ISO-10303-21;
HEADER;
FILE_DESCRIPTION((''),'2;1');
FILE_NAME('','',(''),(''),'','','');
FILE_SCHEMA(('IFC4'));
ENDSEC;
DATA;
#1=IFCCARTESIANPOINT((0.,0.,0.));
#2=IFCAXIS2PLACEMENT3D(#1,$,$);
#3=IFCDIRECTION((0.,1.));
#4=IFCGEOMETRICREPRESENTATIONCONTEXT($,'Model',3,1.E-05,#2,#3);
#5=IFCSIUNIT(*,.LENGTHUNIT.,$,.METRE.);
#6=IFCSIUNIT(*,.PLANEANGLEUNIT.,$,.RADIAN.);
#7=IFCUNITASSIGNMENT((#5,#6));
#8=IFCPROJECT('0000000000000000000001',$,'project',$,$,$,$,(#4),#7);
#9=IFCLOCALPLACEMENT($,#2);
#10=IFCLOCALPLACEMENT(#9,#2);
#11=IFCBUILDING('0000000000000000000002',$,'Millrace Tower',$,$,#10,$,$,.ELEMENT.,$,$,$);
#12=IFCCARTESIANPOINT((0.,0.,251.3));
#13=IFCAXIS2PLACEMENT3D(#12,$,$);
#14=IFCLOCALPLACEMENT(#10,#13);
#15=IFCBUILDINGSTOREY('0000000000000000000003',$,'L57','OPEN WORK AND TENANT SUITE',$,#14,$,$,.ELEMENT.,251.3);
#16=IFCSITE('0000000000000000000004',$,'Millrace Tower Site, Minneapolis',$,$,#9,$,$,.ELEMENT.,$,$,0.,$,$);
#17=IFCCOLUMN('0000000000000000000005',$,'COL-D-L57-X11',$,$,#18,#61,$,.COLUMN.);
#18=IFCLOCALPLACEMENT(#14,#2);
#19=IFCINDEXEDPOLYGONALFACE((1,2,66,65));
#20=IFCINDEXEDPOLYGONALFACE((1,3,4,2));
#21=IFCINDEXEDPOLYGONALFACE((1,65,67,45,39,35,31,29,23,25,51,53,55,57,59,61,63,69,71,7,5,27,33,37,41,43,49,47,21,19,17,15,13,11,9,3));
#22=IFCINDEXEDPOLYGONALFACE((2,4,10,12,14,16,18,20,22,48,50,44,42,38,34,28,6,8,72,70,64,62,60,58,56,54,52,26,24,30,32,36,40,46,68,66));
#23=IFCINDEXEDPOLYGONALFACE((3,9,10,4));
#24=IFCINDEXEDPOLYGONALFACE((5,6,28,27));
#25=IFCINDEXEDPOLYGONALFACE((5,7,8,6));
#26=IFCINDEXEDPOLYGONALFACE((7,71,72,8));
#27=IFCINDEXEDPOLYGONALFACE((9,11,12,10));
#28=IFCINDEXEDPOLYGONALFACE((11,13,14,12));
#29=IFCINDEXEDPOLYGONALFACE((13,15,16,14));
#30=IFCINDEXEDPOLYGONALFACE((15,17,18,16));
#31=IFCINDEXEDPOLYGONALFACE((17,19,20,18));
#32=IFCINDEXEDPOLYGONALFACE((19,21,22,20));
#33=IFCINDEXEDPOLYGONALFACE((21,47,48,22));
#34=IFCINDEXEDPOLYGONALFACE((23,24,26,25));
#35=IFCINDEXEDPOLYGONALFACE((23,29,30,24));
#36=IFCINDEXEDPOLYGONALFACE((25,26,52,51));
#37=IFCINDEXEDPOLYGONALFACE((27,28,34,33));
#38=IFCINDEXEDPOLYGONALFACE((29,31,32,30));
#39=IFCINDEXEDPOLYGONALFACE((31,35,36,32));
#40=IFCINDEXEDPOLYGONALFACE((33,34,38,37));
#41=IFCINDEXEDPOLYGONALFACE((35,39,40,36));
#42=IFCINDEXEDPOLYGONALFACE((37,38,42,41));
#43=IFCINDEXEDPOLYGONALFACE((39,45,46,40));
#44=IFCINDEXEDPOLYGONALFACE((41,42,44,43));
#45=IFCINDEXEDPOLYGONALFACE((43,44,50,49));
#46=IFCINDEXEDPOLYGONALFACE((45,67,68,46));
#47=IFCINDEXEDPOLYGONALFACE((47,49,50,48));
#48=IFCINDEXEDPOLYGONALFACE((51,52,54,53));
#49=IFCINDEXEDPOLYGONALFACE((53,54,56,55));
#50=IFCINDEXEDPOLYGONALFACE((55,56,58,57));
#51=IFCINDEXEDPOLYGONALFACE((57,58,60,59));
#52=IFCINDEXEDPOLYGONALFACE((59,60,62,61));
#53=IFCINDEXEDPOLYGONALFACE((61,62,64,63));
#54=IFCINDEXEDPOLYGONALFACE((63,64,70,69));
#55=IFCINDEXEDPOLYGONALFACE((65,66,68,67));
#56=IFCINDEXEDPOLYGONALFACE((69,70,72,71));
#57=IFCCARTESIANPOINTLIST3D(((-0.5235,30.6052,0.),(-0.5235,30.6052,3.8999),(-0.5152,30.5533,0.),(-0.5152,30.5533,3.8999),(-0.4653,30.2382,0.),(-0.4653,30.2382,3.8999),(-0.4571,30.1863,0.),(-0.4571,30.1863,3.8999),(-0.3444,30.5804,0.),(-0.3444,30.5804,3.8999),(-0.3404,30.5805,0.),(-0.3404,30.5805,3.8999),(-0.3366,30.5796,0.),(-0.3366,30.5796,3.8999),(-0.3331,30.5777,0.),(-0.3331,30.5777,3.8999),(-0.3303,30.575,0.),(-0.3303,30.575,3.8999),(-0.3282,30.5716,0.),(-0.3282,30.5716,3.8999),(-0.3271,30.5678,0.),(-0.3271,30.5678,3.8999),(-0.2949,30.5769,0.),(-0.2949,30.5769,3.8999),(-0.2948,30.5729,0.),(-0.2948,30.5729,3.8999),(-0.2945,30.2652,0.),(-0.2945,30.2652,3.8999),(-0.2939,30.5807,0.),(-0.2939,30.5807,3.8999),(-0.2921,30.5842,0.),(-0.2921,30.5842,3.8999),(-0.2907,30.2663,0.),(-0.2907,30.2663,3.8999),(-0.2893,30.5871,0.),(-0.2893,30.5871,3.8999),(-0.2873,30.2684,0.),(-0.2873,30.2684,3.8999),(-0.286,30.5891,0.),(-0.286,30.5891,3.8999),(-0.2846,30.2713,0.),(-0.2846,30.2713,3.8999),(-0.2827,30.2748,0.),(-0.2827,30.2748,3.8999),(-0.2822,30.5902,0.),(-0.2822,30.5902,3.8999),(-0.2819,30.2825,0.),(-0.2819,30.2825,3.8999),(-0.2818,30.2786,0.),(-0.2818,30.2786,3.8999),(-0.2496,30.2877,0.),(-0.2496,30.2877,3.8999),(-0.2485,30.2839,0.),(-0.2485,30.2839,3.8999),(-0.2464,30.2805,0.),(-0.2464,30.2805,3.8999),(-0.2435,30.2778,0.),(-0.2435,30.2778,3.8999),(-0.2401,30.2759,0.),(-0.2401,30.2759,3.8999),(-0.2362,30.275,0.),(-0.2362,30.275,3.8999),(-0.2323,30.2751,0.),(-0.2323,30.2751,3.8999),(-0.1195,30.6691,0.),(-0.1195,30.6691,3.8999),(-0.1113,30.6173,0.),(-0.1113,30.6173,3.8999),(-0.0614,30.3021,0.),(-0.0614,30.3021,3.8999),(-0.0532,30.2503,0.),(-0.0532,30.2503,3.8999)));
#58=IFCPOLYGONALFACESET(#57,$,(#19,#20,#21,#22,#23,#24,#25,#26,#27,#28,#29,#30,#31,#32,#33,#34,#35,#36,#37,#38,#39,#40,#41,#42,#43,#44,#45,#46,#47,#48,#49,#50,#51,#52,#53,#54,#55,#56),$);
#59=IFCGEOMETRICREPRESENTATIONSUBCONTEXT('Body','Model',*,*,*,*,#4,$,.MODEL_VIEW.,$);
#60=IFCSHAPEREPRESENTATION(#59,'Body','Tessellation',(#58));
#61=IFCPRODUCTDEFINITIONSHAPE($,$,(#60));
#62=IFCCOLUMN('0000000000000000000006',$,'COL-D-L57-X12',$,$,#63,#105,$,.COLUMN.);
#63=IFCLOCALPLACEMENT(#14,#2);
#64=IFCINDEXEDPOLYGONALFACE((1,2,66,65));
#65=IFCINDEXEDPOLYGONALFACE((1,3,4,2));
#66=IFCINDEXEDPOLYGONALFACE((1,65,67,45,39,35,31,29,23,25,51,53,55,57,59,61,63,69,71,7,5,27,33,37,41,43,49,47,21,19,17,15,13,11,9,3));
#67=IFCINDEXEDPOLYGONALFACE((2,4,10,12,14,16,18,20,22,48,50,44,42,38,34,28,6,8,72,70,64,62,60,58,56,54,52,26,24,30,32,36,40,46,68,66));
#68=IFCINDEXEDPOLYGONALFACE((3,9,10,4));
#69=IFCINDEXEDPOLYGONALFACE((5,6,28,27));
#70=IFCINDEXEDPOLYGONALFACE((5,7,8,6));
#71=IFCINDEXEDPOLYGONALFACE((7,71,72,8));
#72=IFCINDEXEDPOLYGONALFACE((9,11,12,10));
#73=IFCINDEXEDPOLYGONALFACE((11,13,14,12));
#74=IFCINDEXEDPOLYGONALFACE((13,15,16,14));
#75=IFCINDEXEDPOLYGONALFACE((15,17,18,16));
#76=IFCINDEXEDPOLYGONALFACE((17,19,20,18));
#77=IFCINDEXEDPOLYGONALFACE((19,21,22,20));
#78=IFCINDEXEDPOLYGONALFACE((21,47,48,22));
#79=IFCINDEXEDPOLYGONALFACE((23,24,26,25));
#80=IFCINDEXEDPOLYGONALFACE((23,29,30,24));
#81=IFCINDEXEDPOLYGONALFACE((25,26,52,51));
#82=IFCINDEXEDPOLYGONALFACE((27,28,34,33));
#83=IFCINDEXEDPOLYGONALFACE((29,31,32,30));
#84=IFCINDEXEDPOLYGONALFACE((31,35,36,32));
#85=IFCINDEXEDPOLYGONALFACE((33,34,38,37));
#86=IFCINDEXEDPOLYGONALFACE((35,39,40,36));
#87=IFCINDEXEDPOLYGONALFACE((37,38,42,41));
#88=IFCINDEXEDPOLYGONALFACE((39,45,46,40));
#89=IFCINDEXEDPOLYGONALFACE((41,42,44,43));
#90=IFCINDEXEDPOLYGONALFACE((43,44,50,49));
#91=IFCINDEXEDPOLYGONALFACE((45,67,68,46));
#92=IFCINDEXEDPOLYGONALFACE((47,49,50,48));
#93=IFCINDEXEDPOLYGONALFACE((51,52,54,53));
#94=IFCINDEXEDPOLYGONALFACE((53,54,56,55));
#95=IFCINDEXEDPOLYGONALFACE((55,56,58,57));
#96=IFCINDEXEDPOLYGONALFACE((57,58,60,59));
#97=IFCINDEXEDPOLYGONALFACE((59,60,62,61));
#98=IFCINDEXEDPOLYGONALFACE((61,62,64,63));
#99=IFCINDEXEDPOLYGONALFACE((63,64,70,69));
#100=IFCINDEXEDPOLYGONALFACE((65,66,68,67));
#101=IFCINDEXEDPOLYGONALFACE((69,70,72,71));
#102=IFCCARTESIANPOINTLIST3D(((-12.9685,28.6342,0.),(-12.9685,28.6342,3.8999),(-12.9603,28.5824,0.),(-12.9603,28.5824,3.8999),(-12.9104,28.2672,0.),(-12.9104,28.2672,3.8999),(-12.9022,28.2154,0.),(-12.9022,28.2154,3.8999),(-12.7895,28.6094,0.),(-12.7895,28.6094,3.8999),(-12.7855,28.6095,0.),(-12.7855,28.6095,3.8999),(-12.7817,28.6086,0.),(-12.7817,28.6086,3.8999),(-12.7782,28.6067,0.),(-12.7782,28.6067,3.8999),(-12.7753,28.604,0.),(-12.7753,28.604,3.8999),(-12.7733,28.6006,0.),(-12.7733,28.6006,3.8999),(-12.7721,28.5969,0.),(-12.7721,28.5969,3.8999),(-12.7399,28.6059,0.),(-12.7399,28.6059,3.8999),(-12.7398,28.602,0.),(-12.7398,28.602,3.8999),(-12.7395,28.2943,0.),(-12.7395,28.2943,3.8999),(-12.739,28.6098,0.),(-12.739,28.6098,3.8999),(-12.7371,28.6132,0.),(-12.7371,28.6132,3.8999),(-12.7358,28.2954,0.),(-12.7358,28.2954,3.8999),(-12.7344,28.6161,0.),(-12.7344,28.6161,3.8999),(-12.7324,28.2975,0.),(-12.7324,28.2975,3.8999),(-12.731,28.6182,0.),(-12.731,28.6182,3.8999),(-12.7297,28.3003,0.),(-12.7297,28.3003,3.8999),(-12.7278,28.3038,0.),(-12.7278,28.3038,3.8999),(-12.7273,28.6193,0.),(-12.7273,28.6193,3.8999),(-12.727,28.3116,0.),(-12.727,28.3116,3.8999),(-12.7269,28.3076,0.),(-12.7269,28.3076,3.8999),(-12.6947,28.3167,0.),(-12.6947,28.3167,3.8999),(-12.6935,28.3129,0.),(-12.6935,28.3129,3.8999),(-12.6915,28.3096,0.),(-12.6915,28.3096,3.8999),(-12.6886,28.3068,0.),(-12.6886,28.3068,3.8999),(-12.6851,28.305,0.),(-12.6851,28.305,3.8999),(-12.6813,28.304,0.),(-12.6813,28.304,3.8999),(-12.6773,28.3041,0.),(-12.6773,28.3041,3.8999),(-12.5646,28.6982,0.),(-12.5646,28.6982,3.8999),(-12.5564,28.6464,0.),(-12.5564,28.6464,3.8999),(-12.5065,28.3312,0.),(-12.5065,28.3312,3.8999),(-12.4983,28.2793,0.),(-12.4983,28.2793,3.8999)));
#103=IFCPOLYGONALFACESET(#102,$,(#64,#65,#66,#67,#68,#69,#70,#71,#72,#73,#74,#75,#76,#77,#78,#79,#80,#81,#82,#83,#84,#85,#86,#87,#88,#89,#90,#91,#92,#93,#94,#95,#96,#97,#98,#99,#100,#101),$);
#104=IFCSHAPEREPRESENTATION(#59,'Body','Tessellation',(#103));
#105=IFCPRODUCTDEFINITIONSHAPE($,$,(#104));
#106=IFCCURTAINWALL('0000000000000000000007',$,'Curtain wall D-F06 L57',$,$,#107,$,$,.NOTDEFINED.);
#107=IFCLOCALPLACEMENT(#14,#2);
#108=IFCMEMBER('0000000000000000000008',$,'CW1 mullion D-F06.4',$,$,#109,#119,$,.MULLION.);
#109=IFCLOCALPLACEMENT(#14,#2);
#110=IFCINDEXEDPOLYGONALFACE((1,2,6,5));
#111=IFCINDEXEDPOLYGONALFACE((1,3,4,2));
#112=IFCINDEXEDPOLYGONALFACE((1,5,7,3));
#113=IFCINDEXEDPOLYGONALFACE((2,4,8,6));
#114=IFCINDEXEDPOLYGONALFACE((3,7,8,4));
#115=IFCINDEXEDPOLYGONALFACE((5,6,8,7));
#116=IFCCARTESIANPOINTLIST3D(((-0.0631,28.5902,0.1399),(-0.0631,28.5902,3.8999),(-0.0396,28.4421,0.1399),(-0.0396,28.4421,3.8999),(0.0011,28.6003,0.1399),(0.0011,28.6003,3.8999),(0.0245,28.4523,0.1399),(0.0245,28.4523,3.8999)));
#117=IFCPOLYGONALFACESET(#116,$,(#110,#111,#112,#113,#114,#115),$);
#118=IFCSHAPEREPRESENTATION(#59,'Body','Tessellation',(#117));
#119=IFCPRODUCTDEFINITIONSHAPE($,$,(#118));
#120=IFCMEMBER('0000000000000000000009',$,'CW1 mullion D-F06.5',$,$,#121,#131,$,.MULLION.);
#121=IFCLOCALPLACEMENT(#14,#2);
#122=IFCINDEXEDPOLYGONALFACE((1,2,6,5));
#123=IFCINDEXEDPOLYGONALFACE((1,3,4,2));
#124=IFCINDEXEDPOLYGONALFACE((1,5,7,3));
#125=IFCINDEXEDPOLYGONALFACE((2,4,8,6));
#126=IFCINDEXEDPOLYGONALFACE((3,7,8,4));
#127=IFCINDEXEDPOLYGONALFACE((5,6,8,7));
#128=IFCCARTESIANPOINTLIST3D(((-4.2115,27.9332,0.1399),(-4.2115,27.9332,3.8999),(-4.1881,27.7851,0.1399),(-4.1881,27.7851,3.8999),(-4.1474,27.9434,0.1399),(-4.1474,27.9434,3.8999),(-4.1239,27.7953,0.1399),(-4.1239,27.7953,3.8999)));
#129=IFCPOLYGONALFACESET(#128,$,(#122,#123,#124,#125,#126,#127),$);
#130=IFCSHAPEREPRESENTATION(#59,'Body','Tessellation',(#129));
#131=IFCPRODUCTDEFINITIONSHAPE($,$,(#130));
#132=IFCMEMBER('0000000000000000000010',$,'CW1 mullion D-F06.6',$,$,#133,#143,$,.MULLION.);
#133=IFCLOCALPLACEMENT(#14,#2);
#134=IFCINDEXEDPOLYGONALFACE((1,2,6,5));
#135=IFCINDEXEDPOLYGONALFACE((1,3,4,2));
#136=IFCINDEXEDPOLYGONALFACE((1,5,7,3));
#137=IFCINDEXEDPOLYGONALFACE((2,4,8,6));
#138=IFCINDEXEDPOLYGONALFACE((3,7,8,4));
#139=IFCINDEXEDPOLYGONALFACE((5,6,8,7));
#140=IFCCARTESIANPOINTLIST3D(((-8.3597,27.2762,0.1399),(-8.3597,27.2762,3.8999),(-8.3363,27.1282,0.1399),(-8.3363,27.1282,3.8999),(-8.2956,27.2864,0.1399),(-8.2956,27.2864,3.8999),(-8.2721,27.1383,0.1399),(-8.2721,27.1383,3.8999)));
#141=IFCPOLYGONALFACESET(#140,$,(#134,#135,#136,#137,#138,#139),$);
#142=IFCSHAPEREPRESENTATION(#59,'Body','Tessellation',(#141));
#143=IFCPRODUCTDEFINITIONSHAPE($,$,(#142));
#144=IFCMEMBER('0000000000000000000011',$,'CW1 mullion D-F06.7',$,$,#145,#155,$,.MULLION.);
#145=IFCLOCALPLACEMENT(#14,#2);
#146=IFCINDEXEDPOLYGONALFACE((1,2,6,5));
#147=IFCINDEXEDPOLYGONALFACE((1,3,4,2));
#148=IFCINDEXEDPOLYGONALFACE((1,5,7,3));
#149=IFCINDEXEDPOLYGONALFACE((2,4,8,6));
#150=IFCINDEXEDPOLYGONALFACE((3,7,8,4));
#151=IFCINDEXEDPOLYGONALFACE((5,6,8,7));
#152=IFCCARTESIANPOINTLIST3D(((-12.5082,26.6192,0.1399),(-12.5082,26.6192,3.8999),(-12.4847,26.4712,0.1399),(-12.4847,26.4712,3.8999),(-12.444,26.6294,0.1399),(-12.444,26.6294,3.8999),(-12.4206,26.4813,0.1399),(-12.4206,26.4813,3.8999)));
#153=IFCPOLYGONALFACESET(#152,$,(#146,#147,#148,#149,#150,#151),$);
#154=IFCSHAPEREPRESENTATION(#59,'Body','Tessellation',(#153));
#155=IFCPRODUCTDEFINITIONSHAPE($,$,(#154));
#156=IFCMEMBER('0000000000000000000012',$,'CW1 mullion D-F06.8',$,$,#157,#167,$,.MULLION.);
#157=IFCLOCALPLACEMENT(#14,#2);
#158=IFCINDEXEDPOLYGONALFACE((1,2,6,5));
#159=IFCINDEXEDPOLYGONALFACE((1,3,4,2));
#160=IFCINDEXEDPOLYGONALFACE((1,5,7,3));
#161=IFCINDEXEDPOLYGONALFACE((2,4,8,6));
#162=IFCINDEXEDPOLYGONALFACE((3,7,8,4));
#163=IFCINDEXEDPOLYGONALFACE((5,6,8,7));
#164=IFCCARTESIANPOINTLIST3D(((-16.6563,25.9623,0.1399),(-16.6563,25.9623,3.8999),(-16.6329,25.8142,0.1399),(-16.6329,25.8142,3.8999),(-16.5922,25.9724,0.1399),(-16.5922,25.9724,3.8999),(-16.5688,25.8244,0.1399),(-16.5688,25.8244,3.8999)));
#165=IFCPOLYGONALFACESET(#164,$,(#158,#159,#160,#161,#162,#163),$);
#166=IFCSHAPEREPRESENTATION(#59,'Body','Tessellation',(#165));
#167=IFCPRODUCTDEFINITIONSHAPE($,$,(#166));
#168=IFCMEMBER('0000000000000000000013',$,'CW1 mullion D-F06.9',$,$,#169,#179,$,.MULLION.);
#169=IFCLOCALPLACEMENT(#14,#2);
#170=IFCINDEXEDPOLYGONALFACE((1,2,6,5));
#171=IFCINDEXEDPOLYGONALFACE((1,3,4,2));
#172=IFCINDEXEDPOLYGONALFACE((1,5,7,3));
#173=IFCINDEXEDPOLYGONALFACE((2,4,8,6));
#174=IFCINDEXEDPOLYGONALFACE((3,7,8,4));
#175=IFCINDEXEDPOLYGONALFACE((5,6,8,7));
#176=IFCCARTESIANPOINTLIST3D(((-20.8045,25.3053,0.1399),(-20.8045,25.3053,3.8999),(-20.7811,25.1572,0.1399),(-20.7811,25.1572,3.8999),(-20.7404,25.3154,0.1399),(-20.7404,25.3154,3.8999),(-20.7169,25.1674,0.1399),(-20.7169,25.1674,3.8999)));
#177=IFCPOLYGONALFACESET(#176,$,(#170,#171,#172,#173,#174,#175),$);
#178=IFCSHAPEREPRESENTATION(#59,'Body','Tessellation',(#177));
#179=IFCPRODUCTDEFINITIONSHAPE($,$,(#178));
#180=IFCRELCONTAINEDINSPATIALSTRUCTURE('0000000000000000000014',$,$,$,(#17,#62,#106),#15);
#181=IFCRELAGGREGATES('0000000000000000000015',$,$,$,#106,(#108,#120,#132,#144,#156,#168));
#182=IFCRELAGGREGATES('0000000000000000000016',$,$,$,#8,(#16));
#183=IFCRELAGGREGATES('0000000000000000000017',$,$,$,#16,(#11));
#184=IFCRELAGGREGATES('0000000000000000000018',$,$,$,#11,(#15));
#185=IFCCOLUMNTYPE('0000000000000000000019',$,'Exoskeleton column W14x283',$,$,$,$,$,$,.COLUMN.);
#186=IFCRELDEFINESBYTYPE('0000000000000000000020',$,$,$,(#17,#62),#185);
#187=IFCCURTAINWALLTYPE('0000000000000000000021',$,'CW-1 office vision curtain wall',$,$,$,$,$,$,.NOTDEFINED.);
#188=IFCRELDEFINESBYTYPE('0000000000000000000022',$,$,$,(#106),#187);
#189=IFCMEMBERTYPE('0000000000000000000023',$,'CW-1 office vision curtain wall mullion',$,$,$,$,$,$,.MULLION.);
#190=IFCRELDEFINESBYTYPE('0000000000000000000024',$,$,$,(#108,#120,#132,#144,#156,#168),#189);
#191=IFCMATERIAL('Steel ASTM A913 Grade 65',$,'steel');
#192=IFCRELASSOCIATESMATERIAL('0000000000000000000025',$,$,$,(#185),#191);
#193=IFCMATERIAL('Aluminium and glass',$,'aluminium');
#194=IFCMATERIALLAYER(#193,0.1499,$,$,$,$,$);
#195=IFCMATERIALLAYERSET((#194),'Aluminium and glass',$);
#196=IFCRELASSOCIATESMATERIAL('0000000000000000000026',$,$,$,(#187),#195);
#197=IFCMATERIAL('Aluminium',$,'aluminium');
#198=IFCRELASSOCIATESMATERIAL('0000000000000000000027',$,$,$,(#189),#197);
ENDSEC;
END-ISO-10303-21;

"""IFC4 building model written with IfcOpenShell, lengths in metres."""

from ifc_helpers import new_model, si_unit, direction, frame, origin, origin_2d, place, context, subcontext, project, spatial, rectangle, i_section, extrude, material, layer, layer_set, material_profile, profile_set, type_object, element, aggregate, save


model = new_model("IFC4")

# Units and contexts
model_context = context("Model", 3, precision=1e-05, world=origin(), true_north=direction((0.0, 1.0)))
body_context = subcontext(model_context, "Body", "Model", "MODEL_VIEW")
ifc_project = project(units=[si_unit("LENGTHUNIT", "METRE"), si_unit("PLANEANGLEUNIT", "RADIAN")], contexts=[model_context])

# Site, building, storey
site_placement = place(None, origin())
site = spatial("IfcSite", under=ifc_project, at=site_placement, Name="Millrace Tower Site, Minneapolis", CompositionType="ELEMENT", RefElevation=0.0)
building_placement = place(site_placement, origin())
building = spatial("IfcBuilding", under=site, at=building_placement, Name="Millrace Tower", CompositionType="ELEMENT")
storey_placement = place(building_placement, frame((0.0, 0.0, 251.3)))
storey = spatial("IfcBuildingStorey", under=building, at=storey_placement, Name="L57", Description="OPEN WORK AND TENANT SUITE", CompositionType="ELEMENT", Elevation=251.3)

# Columns
ifc_material_1 = material(Name="Steel ASTM A913 Grade 65", Category="steel")
ifc_material_profile_1 = material_profile(ifc_material_1, i_section(OverallWidth=0.4089, OverallDepth=0.4241, WebThickness=0.0327, FlangeThickness=0.0525, FilletRadius=0.0151, at=origin_2d()))
ifc_profile_set_1 = profile_set([ifc_material_profile_1], Name="Steel ASTM A913 Grade 65")
column_type = type_object("IfcColumnType", Name="Exoskeleton column W14x283", PredefinedType="COLUMN", material=ifc_profile_set_1)
for number, where, z_axis, x_axis, name in (
    (1, (-0.2883, 30.4277, 0.0), (0.0, 0.0, 1.0), (-0.987688, -0.156434, 0.0), "COL-D-L57-X11"),
    (2, (-12.7334, 28.4568, 0.0), (0.0, 0.0, 1.0), (-0.987688, -0.156434, 0.0), "COL-D-L57-X12"),
):
    element("IfcColumn", number, at=place(storey_placement, frame(where, z_axis=z_axis, x_axis=x_axis)), inside=storey, type_object=column_type, Name=name, PredefinedType="COLUMN", context=body_context, shape_type="SweptSolid", body=[
        extrude(i_section(OverallWidth=0.4089, OverallDepth=0.4241, WebThickness=0.0327, FlangeThickness=0.0525, FilletRadius=0.0151, at=origin_2d()), origin(), (0.0, 0.0, 1.0), 3.8999),
    ])

# Curtain wall, members
ifc_material_2 = material(Name="Aluminium and glass", Category="aluminium")
ifc_layer_1 = layer(ifc_material_2, 0.1499)
ifc_layer_set_1 = layer_set([ifc_layer_1], Name="Aluminium and glass")
curtain_wall_type = type_object("IfcCurtainWallType", Name="CW-1 office vision curtain wall", PredefinedType="NOTDEFINED", material=ifc_layer_set_1)
curtain_wall_placement = place(storey_placement, origin())
curtain_wall = element("IfcCurtainWall", 3, at=curtain_wall_placement, inside=storey, type_object=curtain_wall_type, Name="Curtain wall D-F06 L57", PredefinedType="NOTDEFINED")
ifc_material_3 = material(Name="Aluminium", Category="aluminium")
ifc_material_profile_2 = material_profile(ifc_material_3, rectangle(XDim=0.0649, YDim=0.1499, at=origin_2d()))
ifc_profile_set_2 = profile_set([ifc_material_profile_2], Name="Aluminium")
member_type = type_object("IfcMemberType", Name="CW-1 office vision curtain wall mullion", PredefinedType="MULLION", material=ifc_profile_set_2)
member_1_placement = place(storey_placement, frame((-0.0193, 28.5212, 0.1399), z_axis=(0.0, 0.0, 1.0), x_axis=(-0.987688, -0.156434, 0.0)))
member_1 = element("IfcMember", 4, at=member_1_placement, type_object=member_type, Name="CW1 mullion D-F06.4", PredefinedType="MULLION", context=body_context, shape_type="SweptSolid", body=[
    extrude(rectangle(XDim=0.0649, YDim=0.1499, at=origin_2d()), origin(), (0.0, 0.0, 1.0), 3.76),
])
member_2_placement = place(storey_placement, frame((-4.1677, 27.8643, 0.1399), z_axis=(0.0, 0.0, 1.0), x_axis=(-0.987688, -0.156434, 0.0)))
member_2 = element("IfcMember", 5, at=member_2_placement, type_object=member_type, Name="CW1 mullion D-F06.5", PredefinedType="MULLION", context=body_context, shape_type="SweptSolid", body=[
    extrude(rectangle(XDim=0.0649, YDim=0.1499, at=origin_2d()), origin(), (0.0, 0.0, 1.0), 3.76),
])
member_3_placement = place(storey_placement, frame((-8.3159, 27.2073, 0.1399), z_axis=(0.0, 0.0, 1.0), x_axis=(-0.987688, -0.156434, 0.0)))
member_3 = element("IfcMember", 6, at=member_3_placement, type_object=member_type, Name="CW1 mullion D-F06.6", PredefinedType="MULLION", context=body_context, shape_type="SweptSolid", body=[
    extrude(rectangle(XDim=0.0649, YDim=0.1499, at=origin_2d()), origin(), (0.0, 0.0, 1.0), 3.76),
])
member_4_placement = place(storey_placement, frame((-12.4644, 26.5503, 0.1399), z_axis=(0.0, 0.0, 1.0), x_axis=(-0.987688, -0.156434, 0.0)))
member_4 = element("IfcMember", 7, at=member_4_placement, type_object=member_type, Name="CW1 mullion D-F06.7", PredefinedType="MULLION", context=body_context, shape_type="SweptSolid", body=[
    extrude(rectangle(XDim=0.0649, YDim=0.1499, at=origin_2d()), origin(), (0.0, 0.0, 1.0), 3.76),
])
member_5_placement = place(storey_placement, frame((-16.6125, 25.8933, 0.1399), z_axis=(0.0, 0.0, 1.0), x_axis=(-0.987688, -0.156434, 0.0)))
member_5 = element("IfcMember", 8, at=member_5_placement, type_object=member_type, Name="CW1 mullion D-F06.8", PredefinedType="MULLION", context=body_context, shape_type="SweptSolid", body=[
    extrude(rectangle(XDim=0.0649, YDim=0.1499, at=origin_2d()), origin(), (0.0, 0.0, 1.0), 3.76),
])
member_6_placement = place(storey_placement, frame((-20.7607, 25.2363, 0.1399), z_axis=(0.0, 0.0, 1.0), x_axis=(-0.987688, -0.156434, 0.0)))
member_6 = element("IfcMember", 9, at=member_6_placement, type_object=member_type, Name="CW1 mullion D-F06.9", PredefinedType="MULLION", context=body_context, shape_type="SweptSolid", body=[
    extrude(rectangle(XDim=0.0649, YDim=0.1499, at=origin_2d()), origin(), (0.0, 0.0, 1.0), 3.76),
])
aggregate(curtain_wall, [member_1, member_2, member_3, member_4, member_5, member_6])

save(model, "model.ifc")
